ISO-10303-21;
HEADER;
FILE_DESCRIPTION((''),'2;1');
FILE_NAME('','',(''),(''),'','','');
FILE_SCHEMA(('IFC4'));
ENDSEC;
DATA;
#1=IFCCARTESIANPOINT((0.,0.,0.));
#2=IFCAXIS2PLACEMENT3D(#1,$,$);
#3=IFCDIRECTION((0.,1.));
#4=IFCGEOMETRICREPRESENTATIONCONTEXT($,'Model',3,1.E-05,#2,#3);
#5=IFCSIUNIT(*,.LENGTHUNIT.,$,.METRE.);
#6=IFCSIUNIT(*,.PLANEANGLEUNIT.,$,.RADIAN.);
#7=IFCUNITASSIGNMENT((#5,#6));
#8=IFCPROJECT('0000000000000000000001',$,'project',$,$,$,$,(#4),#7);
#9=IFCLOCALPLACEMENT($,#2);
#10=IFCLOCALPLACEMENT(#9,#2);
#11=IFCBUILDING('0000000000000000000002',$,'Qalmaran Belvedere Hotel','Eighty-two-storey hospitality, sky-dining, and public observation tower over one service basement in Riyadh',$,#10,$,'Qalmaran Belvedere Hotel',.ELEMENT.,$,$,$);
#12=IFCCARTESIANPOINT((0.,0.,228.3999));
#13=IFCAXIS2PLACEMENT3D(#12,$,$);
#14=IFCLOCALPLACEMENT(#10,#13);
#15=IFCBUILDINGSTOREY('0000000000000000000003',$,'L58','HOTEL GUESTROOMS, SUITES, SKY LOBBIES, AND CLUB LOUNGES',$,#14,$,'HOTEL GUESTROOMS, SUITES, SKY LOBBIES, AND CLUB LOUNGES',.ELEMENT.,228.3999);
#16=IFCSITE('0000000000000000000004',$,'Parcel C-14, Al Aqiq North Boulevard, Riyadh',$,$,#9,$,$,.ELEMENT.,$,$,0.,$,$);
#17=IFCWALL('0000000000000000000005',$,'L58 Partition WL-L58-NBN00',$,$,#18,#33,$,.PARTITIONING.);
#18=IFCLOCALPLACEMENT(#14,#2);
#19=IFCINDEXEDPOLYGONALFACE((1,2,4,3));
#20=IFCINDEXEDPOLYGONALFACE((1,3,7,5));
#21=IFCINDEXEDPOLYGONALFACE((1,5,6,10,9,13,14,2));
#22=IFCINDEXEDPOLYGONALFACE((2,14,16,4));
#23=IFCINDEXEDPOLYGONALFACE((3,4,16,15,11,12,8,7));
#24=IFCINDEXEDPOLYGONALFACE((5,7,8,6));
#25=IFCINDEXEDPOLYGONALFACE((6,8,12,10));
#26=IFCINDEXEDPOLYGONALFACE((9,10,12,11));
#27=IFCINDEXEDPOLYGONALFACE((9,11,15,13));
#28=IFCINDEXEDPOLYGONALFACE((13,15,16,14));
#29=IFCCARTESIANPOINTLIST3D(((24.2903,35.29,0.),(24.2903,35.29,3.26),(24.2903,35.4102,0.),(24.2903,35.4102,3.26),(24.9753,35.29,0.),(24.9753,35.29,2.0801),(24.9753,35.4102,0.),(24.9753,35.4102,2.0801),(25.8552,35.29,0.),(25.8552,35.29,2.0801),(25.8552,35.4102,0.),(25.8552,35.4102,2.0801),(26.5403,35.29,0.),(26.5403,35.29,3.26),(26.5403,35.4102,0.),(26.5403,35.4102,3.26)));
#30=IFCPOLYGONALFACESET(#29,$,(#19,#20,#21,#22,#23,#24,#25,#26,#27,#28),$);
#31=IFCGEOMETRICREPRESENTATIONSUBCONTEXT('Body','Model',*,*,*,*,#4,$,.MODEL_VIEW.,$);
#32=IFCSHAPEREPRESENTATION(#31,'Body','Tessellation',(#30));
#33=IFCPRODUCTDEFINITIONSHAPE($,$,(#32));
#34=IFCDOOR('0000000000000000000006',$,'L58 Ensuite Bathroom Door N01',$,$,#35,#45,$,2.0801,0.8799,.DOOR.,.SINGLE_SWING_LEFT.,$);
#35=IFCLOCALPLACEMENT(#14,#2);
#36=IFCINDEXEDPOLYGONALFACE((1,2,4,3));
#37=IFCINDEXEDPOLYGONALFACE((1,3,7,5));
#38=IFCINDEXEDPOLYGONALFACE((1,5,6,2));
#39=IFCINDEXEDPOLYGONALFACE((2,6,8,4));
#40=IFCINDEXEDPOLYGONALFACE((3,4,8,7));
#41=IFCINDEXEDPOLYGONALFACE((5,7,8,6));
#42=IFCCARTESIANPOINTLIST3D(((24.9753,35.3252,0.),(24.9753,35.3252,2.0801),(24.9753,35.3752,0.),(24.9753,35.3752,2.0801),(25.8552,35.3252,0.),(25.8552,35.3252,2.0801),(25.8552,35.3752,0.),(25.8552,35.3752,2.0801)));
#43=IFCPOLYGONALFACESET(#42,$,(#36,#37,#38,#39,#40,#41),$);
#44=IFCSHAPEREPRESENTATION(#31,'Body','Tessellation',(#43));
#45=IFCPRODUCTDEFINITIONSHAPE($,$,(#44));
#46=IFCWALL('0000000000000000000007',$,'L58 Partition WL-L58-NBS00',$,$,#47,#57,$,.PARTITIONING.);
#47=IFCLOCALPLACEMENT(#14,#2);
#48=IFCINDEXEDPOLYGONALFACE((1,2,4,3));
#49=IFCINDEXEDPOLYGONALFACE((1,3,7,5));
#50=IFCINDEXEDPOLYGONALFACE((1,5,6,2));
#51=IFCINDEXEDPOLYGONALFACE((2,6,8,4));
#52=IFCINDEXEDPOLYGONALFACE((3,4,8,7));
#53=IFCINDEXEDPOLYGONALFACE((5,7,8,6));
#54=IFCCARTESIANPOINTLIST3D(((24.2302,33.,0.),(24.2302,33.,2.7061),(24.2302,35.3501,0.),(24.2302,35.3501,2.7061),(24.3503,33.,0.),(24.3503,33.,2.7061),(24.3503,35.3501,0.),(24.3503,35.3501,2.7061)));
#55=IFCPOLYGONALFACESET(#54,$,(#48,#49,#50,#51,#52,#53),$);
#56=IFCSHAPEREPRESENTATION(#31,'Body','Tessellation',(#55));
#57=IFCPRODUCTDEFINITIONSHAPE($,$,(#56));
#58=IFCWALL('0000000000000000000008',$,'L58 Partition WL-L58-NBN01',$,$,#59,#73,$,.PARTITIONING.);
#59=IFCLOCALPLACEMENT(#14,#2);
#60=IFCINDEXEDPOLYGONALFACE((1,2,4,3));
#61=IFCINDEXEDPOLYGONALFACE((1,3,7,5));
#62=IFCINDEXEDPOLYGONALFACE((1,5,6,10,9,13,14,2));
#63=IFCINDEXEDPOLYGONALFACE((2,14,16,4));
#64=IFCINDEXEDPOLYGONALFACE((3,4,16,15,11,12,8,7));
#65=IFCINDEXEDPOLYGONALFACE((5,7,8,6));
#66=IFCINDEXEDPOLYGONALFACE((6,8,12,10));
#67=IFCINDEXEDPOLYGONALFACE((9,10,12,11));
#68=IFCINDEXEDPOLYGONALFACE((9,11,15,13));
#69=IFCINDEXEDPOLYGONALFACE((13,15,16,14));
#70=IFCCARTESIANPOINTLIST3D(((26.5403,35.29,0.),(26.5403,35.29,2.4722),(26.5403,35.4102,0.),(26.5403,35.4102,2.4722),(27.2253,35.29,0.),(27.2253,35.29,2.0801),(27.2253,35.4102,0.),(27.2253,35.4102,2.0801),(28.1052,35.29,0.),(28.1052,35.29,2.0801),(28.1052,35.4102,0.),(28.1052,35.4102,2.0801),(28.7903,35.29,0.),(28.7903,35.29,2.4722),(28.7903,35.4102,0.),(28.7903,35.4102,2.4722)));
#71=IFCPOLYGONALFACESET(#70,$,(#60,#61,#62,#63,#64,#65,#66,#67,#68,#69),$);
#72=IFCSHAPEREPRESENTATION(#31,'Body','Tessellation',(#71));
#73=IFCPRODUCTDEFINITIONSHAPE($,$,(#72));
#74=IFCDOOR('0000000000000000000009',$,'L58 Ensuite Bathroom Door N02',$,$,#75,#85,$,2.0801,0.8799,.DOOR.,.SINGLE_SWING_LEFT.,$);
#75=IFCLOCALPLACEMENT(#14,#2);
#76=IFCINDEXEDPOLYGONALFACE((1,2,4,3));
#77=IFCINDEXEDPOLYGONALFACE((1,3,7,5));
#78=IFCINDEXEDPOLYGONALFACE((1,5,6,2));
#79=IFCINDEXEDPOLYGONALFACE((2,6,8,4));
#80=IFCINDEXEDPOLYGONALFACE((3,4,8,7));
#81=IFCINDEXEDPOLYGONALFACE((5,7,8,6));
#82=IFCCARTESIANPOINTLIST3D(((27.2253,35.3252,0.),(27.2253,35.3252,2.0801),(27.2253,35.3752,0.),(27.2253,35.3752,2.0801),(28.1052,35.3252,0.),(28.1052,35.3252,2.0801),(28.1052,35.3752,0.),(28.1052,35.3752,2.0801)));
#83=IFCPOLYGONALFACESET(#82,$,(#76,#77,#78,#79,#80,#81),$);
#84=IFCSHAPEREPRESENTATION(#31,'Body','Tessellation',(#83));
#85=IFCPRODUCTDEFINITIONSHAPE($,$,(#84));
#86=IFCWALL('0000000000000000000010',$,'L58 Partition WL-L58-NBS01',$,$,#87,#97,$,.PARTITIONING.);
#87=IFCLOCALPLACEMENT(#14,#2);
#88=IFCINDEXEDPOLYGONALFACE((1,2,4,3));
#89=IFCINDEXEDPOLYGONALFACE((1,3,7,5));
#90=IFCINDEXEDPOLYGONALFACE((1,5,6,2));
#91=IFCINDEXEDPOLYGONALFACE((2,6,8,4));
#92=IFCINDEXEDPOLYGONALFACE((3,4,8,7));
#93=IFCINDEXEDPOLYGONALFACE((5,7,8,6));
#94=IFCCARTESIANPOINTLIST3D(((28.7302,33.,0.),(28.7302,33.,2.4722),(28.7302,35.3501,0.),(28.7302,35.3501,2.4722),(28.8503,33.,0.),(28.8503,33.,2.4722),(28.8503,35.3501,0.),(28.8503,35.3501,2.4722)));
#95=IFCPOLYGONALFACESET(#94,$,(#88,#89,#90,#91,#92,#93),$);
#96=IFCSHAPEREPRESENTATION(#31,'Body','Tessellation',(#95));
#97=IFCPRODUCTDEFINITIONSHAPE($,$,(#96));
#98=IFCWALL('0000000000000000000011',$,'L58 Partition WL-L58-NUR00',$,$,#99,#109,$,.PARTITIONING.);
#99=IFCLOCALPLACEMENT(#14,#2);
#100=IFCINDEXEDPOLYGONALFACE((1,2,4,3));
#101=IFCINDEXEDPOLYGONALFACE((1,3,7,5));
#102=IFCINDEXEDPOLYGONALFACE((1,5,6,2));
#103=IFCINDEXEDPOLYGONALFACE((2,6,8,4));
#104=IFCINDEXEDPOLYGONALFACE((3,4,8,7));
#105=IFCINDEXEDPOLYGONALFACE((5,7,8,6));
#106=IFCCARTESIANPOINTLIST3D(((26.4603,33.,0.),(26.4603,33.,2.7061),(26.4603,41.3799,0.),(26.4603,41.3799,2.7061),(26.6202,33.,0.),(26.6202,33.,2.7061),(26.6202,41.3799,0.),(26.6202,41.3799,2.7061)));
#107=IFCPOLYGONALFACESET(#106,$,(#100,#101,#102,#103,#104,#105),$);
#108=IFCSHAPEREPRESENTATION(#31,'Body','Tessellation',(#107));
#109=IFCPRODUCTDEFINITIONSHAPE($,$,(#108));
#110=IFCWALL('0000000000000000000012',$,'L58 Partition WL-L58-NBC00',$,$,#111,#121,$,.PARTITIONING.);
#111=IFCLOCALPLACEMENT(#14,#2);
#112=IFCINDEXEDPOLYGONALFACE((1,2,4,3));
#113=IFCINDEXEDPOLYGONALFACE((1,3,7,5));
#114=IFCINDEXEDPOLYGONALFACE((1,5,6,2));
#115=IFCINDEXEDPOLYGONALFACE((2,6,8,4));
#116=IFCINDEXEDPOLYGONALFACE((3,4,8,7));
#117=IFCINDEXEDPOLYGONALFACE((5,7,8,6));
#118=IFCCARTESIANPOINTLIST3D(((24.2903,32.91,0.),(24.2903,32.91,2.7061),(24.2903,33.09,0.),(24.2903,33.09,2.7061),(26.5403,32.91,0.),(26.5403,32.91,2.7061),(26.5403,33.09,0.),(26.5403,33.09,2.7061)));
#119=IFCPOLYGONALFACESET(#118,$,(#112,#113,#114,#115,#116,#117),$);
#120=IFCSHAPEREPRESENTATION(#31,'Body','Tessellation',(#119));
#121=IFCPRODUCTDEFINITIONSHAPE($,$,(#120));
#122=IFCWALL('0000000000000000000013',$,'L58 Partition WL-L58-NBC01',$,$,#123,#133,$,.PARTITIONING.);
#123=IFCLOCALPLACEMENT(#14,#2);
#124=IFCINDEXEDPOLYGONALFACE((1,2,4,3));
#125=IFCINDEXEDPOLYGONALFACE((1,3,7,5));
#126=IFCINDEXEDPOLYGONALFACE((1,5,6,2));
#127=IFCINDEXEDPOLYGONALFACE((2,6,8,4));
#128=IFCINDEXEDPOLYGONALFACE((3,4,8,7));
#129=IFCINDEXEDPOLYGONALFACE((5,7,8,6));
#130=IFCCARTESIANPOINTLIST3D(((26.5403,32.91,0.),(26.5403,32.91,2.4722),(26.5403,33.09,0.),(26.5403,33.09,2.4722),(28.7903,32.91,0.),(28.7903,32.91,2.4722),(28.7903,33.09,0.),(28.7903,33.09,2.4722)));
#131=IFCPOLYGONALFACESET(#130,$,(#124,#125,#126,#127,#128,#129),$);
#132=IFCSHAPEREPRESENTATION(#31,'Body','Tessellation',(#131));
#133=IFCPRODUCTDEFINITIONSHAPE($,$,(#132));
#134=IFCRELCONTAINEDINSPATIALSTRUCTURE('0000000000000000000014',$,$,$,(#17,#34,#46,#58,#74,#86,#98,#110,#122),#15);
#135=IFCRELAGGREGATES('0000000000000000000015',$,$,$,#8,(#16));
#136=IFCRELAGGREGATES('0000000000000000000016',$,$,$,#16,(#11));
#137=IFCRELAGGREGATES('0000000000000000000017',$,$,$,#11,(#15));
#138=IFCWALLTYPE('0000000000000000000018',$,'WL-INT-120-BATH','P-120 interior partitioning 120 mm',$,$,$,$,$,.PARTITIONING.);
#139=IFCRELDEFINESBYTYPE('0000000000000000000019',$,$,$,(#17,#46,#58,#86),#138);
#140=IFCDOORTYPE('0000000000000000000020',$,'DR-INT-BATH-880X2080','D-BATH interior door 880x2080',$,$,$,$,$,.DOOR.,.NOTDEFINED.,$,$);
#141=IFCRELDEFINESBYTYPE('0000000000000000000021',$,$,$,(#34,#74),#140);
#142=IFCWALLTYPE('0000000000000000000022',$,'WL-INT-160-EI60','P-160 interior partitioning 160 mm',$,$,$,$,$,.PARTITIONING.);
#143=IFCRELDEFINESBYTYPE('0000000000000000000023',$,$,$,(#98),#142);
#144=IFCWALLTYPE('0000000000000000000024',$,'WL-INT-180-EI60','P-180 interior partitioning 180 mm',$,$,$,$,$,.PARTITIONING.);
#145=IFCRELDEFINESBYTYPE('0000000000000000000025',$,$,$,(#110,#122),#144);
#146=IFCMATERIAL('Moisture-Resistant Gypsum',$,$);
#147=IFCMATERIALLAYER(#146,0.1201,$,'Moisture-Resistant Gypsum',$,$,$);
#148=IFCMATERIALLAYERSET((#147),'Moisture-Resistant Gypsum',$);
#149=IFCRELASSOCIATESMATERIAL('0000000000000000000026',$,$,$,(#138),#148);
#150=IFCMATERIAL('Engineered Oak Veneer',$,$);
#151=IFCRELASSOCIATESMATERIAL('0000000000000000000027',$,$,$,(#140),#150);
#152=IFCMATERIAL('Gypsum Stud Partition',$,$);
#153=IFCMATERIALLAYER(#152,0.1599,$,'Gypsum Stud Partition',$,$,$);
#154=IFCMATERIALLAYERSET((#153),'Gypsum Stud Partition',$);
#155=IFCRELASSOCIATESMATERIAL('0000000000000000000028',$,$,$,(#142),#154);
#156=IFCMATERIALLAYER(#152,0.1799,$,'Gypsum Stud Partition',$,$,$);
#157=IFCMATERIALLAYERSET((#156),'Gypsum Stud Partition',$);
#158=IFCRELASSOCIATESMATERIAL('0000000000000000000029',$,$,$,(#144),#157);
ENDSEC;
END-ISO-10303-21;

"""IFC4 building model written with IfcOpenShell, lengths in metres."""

from ifc_helpers import new_model, si_unit, direction, frame, frame_2d, origin, place, context, subcontext, project, spatial, rectangle, extrude, material, layer, layer_set, type_object, element, fill, save


model = new_model("IFC4")

# Units and contexts
model_context = context("Model", 3, precision=1e-05, world=origin(), true_north=direction((0.0, 1.0)))
body_context = subcontext(model_context, "Body", "Model", "MODEL_VIEW")
ifc_project = project(units=[si_unit("LENGTHUNIT", "METRE"), si_unit("PLANEANGLEUNIT", "RADIAN")], contexts=[model_context])

# Site, building, storey
site_placement = place(None, origin())
site = spatial("IfcSite", under=ifc_project, at=site_placement, Name="Parcel C-14, Al Aqiq North Boulevard, Riyadh", CompositionType="ELEMENT", RefElevation=0.0)
building_placement = place(site_placement, origin())
building = spatial("IfcBuilding", under=site, at=building_placement, Name="Qalmaran Belvedere Hotel", Description="Eighty-two-storey hospitality, sky-dining, and public observation tower over one service basement in Riyadh", LongName="Qalmaran Belvedere Hotel", CompositionType="ELEMENT")
storey_placement = place(building_placement, frame((0.0, 0.0, 228.3999)))
storey = spatial("IfcBuildingStorey", under=building, at=storey_placement, Name="L58", Description="HOTEL GUESTROOMS, SUITES, SKY LOBBIES, AND CLUB LOUNGES", LongName="HOTEL GUESTROOMS, SUITES, SKY LOBBIES, AND CLUB LOUNGES", CompositionType="ELEMENT", Elevation=228.3999)

# Wall, opening, door
ifc_material_1 = material(Name="Moisture-Resistant Gypsum")
ifc_layer_1 = layer(ifc_material_1, 0.1201, Name="Moisture-Resistant Gypsum")
ifc_layer_set_1 = layer_set([ifc_layer_1], Name="Moisture-Resistant Gypsum")
wall_type_1 = type_object("IfcWallType", Name="WL-INT-120-BATH", Description="P-120 interior partitioning 120 mm", PredefinedType="PARTITIONING", material=ifc_layer_set_1)
wall_1_placement = place(storey_placement, frame((24.2903, 35.3501, 0.0), z_axis=(0.0, 0.0, 1.0), x_axis=(1.0, 0.0, 0.0)))
wall_1 = element("IfcWall", 1, at=wall_1_placement, inside=storey, type_object=wall_type_1, Name="L58 Partition WL-L58-NBN00", PredefinedType="PARTITIONING", context=body_context, shape_type="SweptSolid", body=[
    extrude(rectangle(XDim=2.25, YDim=0.1201, at=frame_2d((1.125, 0.0))), origin(), (0.0, 0.0, 1.0), 3.26),
])
opening_1_placement = place(wall_1_placement, frame((1.5649, 0.0, 0.0), z_axis=(0.0, 0.0, 1.0), x_axis=(-1.0, 0.0, 0.0)))
opening_1 = element("IfcOpeningElement", 2, at=opening_1_placement, cuts=wall_1, PredefinedType="OPENING", context=body_context, shape_type="SweptSolid", body=[
    extrude(rectangle(XDim=0.8799, YDim=2.0801, at=frame_2d((0.4399, 1.04))), frame((0.0, 0.0701, 0.0), z_axis=(0.0, -1.0, 0.0), x_axis=(1.0, 0.0, 0.0)), (0.0, 0.0, 1.0), 0.1401),
])
ifc_material_2 = material(Name="Engineered Oak Veneer")
door_type_1 = type_object("IfcDoorType", Name="DR-INT-BATH-880X2080", Description="D-BATH interior door 880x2080", OperationType="NOTDEFINED", PredefinedType="DOOR", material=ifc_material_2)
door_1_placement = place(opening_1_placement, origin())
door_1 = element("IfcDoor", 3, at=door_1_placement, inside=storey, type_object=door_type_1, Name="L58 Ensuite Bathroom Door N01", OperationType="SINGLE_SWING_LEFT", OverallHeight=2.0801, OverallWidth=0.8799, PredefinedType="DOOR", context=body_context, shape_type="SweptSolid", body=[
    extrude(rectangle(XDim=0.8799, YDim=2.0801, at=frame_2d((0.4399, 1.04))), frame((0.0, 0.0249, 0.0), z_axis=(0.0, -1.0, 0.0), x_axis=(1.0, 0.0, 0.0)), (0.0, 0.0, 1.0), 0.05),
])
fill(opening_1, door_1)

# Wall
wall_2_placement = place(storey_placement, frame((24.2903, 33.0, 0.0), z_axis=(0.0, 0.0, 1.0), x_axis=(0.0, 1.0, 0.0)))
element("IfcWall", 4, at=wall_2_placement, inside=storey, type_object=wall_type_1, Name="L58 Partition WL-L58-NBS00", PredefinedType="PARTITIONING", context=body_context, shape_type="SweptSolid", body=[
    extrude(rectangle(XDim=2.3501, YDim=0.1201, at=frame_2d((1.175, 0.0))), origin(), (0.0, 0.0, 1.0), 2.7061),
])

# Wall, opening, door
wall_3_placement = place(storey_placement, frame((26.5403, 35.3501, 0.0), z_axis=(0.0, 0.0, 1.0), x_axis=(1.0, 0.0, 0.0)))
wall_3 = element("IfcWall", 5, at=wall_3_placement, inside=storey, type_object=wall_type_1, Name="L58 Partition WL-L58-NBN01", PredefinedType="PARTITIONING", context=body_context, shape_type="SweptSolid", body=[
    extrude(rectangle(XDim=2.25, YDim=0.1201, at=frame_2d((1.125, 0.0))), origin(), (0.0, 0.0, 1.0), 2.4722),
])
opening_2_placement = place(wall_3_placement, frame((1.5649, 0.0, 0.0), z_axis=(0.0, 0.0, 1.0), x_axis=(-1.0, 0.0, 0.0)))
opening_2 = element("IfcOpeningElement", 6, at=opening_2_placement, cuts=wall_3, PredefinedType="OPENING", context=body_context, shape_type="SweptSolid", body=[
    extrude(rectangle(XDim=0.8799, YDim=2.0801, at=frame_2d((0.4399, 1.04))), frame((0.0, 0.0701, 0.0), z_axis=(0.0, -1.0, 0.0), x_axis=(1.0, 0.0, 0.0)), (0.0, 0.0, 1.0), 0.1401),
])
door_2_placement = place(opening_2_placement, origin())
door_2 = element("IfcDoor", 7, at=door_2_placement, inside=storey, type_object=door_type_1, Name="L58 Ensuite Bathroom Door N02", OperationType="SINGLE_SWING_LEFT", OverallHeight=2.0801, OverallWidth=0.8799, PredefinedType="DOOR", context=body_context, shape_type="SweptSolid", body=[
    extrude(rectangle(XDim=0.8799, YDim=2.0801, at=frame_2d((0.4399, 1.04))), frame((0.0, 0.0249, 0.0), z_axis=(0.0, -1.0, 0.0), x_axis=(1.0, 0.0, 0.0)), (0.0, 0.0, 1.0), 0.05),
])
fill(opening_2, door_2)

# Walls
wall_4_placement = place(storey_placement, frame((28.7903, 33.0, 0.0), z_axis=(0.0, 0.0, 1.0), x_axis=(0.0, 1.0, 0.0)))
element("IfcWall", 8, at=wall_4_placement, inside=storey, type_object=wall_type_1, Name="L58 Partition WL-L58-NBS01", PredefinedType="PARTITIONING", context=body_context, shape_type="SweptSolid", body=[
    extrude(rectangle(XDim=2.3501, YDim=0.1201, at=frame_2d((1.175, 0.0))), origin(), (0.0, 0.0, 1.0), 2.4722),
])
ifc_material_3 = material(Name="Gypsum Stud Partition")
ifc_layer_2 = layer(ifc_material_3, 0.1599, Name="Gypsum Stud Partition")
ifc_layer_set_2 = layer_set([ifc_layer_2], Name="Gypsum Stud Partition")
wall_type_2 = type_object("IfcWallType", Name="WL-INT-160-EI60", Description="P-160 interior partitioning 160 mm", PredefinedType="PARTITIONING", material=ifc_layer_set_2)
wall_5_placement = place(storey_placement, frame((26.5403, 33.0, 0.0), z_axis=(0.0, 0.0, 1.0), x_axis=(0.0, 1.0, 0.0)))
element("IfcWall", 9, at=wall_5_placement, inside=storey, type_object=wall_type_2, Name="L58 Partition WL-L58-NUR00", PredefinedType="PARTITIONING", context=body_context, shape_type="SweptSolid", body=[
    extrude(rectangle(XDim=8.3799, YDim=0.1599, at=frame_2d((4.1899, 0.0))), origin(), (0.0, 0.0, 1.0), 2.7061),
])
ifc_layer_3 = layer(ifc_material_3, 0.1799, Name="Gypsum Stud Partition")
ifc_layer_set_3 = layer_set([ifc_layer_3], Name="Gypsum Stud Partition")
wall_type_3 = type_object("IfcWallType", Name="WL-INT-180-EI60", Description="P-180 interior partitioning 180 mm", PredefinedType="PARTITIONING", material=ifc_layer_set_3)
wall_6_placement = place(storey_placement, frame((24.2903, 33.0, 0.0), z_axis=(0.0, 0.0, 1.0), x_axis=(1.0, 0.0, 0.0)))
element("IfcWall", 10, at=wall_6_placement, inside=storey, type_object=wall_type_3, Name="L58 Partition WL-L58-NBC00", PredefinedType="PARTITIONING", context=body_context, shape_type="SweptSolid", body=[
    extrude(rectangle(XDim=2.25, YDim=0.1799, at=frame_2d((1.125, 0.0))), origin(), (0.0, 0.0, 1.0), 2.7061),
])
wall_7_placement = place(storey_placement, frame((26.5403, 33.0, 0.0), z_axis=(0.0, 0.0, 1.0), x_axis=(1.0, 0.0, 0.0)))
element("IfcWall", 11, at=wall_7_placement, inside=storey, type_object=wall_type_3, Name="L58 Partition WL-L58-NBC01", PredefinedType="PARTITIONING", context=body_context, shape_type="SweptSolid", body=[
    extrude(rectangle(XDim=2.25, YDim=0.1799, at=frame_2d((1.125, 0.0))), origin(), (0.0, 0.0, 1.0), 2.4722),
])

save(model, "model.ifc")
